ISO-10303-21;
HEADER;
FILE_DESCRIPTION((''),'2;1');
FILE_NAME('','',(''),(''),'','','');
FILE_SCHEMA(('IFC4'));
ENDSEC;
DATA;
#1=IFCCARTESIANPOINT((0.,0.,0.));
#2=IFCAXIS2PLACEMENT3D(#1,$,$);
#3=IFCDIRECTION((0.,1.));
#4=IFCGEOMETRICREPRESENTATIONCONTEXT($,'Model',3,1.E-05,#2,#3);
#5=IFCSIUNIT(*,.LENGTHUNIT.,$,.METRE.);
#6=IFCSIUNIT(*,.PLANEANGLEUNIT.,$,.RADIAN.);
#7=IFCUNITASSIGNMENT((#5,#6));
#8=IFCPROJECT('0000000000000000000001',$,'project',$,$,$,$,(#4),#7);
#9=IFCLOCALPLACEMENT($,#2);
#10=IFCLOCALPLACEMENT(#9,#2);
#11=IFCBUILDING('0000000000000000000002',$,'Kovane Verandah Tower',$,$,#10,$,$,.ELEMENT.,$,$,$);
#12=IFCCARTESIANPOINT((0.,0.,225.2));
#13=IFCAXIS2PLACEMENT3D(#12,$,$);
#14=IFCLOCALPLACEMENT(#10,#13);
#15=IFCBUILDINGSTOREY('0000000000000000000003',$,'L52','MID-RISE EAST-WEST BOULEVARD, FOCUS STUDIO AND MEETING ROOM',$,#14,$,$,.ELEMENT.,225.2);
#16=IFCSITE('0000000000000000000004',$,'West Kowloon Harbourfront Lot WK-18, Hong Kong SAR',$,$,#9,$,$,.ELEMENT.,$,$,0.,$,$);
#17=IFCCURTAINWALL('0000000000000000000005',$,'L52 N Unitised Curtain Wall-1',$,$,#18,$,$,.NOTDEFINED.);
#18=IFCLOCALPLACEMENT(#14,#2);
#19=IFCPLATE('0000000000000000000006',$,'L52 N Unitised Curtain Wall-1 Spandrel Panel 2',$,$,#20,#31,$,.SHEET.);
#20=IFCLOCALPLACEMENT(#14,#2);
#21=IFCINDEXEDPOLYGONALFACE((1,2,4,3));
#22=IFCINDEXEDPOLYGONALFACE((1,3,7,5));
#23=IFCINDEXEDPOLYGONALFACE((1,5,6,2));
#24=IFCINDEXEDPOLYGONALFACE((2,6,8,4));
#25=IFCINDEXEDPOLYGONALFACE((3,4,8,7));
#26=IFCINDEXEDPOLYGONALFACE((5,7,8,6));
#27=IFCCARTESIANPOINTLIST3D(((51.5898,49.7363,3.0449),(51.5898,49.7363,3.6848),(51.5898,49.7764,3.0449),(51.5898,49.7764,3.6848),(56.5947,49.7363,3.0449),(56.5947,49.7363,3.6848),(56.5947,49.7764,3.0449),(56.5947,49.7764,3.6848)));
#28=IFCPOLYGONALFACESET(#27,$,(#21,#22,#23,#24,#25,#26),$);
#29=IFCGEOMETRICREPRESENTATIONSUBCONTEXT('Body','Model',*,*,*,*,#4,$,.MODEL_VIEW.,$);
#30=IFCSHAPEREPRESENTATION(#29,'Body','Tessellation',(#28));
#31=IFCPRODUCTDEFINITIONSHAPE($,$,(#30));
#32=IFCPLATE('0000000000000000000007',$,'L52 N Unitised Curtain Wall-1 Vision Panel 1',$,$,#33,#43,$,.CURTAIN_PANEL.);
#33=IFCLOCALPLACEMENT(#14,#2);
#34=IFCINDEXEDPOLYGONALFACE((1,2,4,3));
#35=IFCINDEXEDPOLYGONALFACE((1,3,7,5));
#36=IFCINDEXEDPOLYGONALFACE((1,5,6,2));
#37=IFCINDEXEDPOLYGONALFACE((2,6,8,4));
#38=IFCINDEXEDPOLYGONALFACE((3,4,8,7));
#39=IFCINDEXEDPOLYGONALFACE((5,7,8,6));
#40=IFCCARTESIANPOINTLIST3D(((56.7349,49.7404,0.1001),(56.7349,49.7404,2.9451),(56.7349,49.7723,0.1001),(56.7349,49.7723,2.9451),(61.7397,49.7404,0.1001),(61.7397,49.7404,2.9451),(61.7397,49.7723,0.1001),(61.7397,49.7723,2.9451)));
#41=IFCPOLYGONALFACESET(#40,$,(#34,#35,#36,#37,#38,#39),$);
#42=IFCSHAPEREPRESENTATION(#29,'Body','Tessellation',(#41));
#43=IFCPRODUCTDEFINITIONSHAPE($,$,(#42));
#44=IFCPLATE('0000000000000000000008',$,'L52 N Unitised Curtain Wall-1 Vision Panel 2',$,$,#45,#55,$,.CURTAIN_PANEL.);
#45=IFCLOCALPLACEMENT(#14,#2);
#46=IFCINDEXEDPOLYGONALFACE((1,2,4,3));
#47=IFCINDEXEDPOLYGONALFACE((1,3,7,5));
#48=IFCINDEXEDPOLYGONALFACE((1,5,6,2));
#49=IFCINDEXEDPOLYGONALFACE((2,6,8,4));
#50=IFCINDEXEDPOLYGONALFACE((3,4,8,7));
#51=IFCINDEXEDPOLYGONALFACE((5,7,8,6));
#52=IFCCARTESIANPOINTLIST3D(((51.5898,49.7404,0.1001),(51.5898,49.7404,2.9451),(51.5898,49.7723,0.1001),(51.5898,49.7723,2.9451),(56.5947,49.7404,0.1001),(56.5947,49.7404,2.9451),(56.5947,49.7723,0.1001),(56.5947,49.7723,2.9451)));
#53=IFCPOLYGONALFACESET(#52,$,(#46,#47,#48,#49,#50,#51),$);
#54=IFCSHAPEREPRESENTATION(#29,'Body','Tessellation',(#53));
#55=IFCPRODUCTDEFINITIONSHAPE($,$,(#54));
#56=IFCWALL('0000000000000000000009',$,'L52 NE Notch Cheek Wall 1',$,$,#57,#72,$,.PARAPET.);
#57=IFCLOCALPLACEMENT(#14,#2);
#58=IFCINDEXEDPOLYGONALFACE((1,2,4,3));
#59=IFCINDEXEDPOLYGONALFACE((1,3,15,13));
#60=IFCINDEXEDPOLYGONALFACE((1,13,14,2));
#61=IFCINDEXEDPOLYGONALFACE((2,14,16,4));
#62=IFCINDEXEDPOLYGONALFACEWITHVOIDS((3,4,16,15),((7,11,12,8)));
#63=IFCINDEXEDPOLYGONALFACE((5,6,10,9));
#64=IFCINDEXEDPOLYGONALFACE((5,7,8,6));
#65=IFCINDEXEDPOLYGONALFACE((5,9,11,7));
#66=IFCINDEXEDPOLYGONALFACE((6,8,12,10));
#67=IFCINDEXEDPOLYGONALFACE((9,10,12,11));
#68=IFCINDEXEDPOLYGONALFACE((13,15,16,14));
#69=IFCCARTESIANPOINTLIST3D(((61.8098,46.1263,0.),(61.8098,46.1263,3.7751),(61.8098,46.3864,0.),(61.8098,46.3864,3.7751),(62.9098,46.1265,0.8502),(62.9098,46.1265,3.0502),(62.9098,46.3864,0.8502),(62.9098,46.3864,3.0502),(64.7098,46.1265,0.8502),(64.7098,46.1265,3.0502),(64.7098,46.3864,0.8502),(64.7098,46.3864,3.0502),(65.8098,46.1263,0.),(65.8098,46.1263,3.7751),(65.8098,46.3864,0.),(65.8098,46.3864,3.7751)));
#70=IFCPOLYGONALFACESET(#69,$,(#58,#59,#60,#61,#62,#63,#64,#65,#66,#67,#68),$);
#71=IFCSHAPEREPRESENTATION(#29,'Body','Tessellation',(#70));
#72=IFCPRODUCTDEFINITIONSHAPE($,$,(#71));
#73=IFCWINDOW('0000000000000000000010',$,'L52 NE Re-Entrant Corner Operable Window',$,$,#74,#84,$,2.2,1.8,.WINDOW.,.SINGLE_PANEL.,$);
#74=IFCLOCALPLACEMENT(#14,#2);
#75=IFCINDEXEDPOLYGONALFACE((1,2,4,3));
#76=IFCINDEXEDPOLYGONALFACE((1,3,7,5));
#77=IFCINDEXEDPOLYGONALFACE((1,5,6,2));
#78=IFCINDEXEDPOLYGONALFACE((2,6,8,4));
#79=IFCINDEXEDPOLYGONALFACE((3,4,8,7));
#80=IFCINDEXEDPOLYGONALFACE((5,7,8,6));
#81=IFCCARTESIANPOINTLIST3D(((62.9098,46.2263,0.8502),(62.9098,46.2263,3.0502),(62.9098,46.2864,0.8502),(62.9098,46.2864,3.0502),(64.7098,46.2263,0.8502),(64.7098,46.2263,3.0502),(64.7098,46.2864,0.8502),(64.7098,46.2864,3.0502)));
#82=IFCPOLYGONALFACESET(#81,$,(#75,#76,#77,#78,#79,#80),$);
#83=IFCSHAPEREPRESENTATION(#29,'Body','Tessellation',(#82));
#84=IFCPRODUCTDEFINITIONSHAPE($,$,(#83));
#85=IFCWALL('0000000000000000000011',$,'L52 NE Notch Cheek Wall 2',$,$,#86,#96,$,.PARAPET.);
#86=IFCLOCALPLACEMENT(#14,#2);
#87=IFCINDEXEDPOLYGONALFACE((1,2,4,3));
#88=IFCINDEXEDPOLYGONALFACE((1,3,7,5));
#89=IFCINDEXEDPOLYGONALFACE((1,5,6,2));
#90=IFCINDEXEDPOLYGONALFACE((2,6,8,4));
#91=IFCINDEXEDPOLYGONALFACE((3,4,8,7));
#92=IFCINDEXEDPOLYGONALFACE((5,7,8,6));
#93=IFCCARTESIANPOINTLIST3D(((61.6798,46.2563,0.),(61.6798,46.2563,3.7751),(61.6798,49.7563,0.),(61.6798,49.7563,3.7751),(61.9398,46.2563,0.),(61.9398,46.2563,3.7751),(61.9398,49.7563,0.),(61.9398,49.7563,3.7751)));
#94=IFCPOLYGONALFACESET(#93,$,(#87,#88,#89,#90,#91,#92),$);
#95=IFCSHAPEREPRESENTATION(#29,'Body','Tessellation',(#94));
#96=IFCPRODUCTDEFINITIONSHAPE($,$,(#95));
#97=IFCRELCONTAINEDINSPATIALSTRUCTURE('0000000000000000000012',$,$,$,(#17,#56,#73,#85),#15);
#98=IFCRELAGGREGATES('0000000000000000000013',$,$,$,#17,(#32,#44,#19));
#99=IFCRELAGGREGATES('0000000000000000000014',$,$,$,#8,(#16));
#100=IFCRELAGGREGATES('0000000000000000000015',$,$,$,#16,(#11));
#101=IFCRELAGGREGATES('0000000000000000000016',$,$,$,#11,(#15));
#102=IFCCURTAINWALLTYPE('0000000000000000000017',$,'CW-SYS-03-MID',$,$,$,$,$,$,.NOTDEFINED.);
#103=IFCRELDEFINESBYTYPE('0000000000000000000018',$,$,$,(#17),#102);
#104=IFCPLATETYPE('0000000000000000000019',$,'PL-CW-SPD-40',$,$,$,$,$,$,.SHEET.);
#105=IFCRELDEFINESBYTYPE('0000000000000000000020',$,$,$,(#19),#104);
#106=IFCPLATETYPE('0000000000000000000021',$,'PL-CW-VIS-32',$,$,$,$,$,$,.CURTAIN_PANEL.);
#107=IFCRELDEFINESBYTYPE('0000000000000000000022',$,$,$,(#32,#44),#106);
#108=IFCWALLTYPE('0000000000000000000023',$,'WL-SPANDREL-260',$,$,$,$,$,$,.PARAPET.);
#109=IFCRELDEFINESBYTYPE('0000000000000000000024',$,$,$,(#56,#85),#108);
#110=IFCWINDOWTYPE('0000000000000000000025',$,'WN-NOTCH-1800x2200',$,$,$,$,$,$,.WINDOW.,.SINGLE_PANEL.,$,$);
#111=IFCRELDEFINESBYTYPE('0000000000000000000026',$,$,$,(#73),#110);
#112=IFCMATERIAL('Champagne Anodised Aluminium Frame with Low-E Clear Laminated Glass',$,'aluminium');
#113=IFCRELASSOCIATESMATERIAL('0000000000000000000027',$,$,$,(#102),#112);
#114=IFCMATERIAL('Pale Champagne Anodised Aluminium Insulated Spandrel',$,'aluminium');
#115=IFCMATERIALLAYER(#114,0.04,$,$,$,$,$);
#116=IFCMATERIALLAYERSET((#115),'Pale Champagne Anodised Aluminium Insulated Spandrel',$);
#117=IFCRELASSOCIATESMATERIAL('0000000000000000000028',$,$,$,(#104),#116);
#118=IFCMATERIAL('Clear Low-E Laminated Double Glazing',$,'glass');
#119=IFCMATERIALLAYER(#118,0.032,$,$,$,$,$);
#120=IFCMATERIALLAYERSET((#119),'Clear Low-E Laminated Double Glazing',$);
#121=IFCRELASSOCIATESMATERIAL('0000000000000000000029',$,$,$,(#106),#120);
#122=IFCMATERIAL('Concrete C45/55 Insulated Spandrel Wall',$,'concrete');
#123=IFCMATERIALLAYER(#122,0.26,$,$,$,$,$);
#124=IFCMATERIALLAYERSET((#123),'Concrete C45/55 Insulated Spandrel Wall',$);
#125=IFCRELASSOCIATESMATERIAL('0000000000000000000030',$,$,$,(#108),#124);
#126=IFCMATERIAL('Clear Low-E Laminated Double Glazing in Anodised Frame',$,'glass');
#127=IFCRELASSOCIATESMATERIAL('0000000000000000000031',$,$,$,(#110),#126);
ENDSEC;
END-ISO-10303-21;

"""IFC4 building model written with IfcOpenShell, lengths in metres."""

from ifc_helpers import new_model, si_unit, direction, frame, frame_2d, origin, origin_2d, place, context, subcontext, project, spatial, rectangle, extrude, material, layer, layer_set, type_object, element, fill, aggregate, save


model = new_model("IFC4")

# Units and contexts
model_context = context("Model", 3, precision=1e-05, world=origin(), true_north=direction((0.0, 1.0)))
body_context = subcontext(model_context, "Body", "Model", "MODEL_VIEW")
ifc_project = project(units=[si_unit("LENGTHUNIT", "METRE"), si_unit("PLANEANGLEUNIT", "RADIAN")], contexts=[model_context])

# Site, building, storey
site_placement = place(None, origin())
site = spatial("IfcSite", under=ifc_project, at=site_placement, Name="West Kowloon Harbourfront Lot WK-18, Hong Kong SAR", CompositionType="ELEMENT", RefElevation=0.0)
building_placement = place(site_placement, origin())
building = spatial("IfcBuilding", under=site, at=building_placement, Name="Kovane Verandah Tower", CompositionType="ELEMENT")
storey_placement = place(building_placement, frame((0.0, 0.0, 225.2)))
storey = spatial("IfcBuildingStorey", under=building, at=storey_placement, Name="L52", Description="MID-RISE EAST-WEST BOULEVARD, FOCUS STUDIO AND MEETING ROOM", CompositionType="ELEMENT", Elevation=225.2)

# Shared definitions
ifc_material_1 = material(Name="Champagne Anodised Aluminium Frame with Low-E Clear Laminated Glass", Category="aluminium")
curtain_wall_type = type_object("IfcCurtainWallType", Name="CW-SYS-03-MID", PredefinedType="NOTDEFINED", material=ifc_material_1)

# Curtain wall
curtain_wall_1_placement = place(storey_placement, origin())
curtain_wall_1 = element("IfcCurtainWall", 1, at=curtain_wall_1_placement, inside=storey, type_object=curtain_wall_type, Name="L52 N Unitised Curtain Wall-1", PredefinedType="NOTDEFINED")

# Plates
ifc_material_2 = material(Name="Pale Champagne Anodised Aluminium Insulated Spandrel", Category="aluminium")
ifc_layer_1 = layer(ifc_material_2, 0.04)
ifc_layer_set_1 = layer_set([ifc_layer_1], Name="Pale Champagne Anodised Aluminium Insulated Spandrel")
plate_type_1 = type_object("IfcPlateType", Name="PL-CW-SPD-40", PredefinedType="SHEET", material=ifc_layer_set_1)
plate_1_placement = place(storey_placement, frame((54.0923, 49.7563, 3.0449), z_axis=(0.0, 0.0, 1.0), x_axis=(-1.0, 0.0, 0.0)))
plate_1 = element("IfcPlate", 2, at=plate_1_placement, type_object=plate_type_1, Name="L52 N Unitised Curtain Wall-1 Spandrel Panel 2", PredefinedType="SHEET", context=body_context, shape_type="SweptSolid", body=[
    extrude(rectangle(XDim=5.0049, YDim=0.04, at=origin_2d()), origin(), (0.0, 0.0, 1.0), 0.6399),
])
ifc_material_3 = material(Name="Clear Low-E Laminated Double Glazing", Category="glass")
ifc_layer_2 = layer(ifc_material_3, 0.032)
ifc_layer_set_2 = layer_set([ifc_layer_2], Name="Clear Low-E Laminated Double Glazing")
plate_type_2 = type_object("IfcPlateType", Name="PL-CW-VIS-32", PredefinedType="CURTAIN_PANEL", material=ifc_layer_set_2)
plate_2_placement = place(storey_placement, frame((59.2373, 49.7563, 0.1001), z_axis=(0.0, 0.0, 1.0), x_axis=(-1.0, 0.0, 0.0)))
plate_2 = element("IfcPlate", 3, at=plate_2_placement, type_object=plate_type_2, Name="L52 N Unitised Curtain Wall-1 Vision Panel 1", PredefinedType="CURTAIN_PANEL", context=body_context, shape_type="SweptSolid", body=[
    extrude(rectangle(XDim=5.0049, YDim=0.032, at=origin_2d()), origin(), (0.0, 0.0, 1.0), 2.845),
])
plate_3_placement = place(storey_placement, frame((54.0923, 49.7563, 0.1001), z_axis=(0.0, 0.0, 1.0), x_axis=(-1.0, 0.0, 0.0)))
plate_3 = element("IfcPlate", 4, at=plate_3_placement, type_object=plate_type_2, Name="L52 N Unitised Curtain Wall-1 Vision Panel 2", PredefinedType="CURTAIN_PANEL", context=body_context, shape_type="SweptSolid", body=[
    extrude(rectangle(XDim=5.0049, YDim=0.032, at=origin_2d()), origin(), (0.0, 0.0, 1.0), 2.845),
])
aggregate(curtain_wall_1, [plate_2, plate_3, plate_1])

# Wall, opening, window
ifc_material_4 = material(Name="Concrete C45/55 Insulated Spandrel Wall", Category="concrete")
ifc_layer_3 = layer(ifc_material_4, 0.26)
ifc_layer_set_3 = layer_set([ifc_layer_3], Name="Concrete C45/55 Insulated Spandrel Wall")
wall_type = type_object("IfcWallType", Name="WL-SPANDREL-260", PredefinedType="PARAPET", material=ifc_layer_set_3)
wall_1_placement = place(storey_placement, frame((65.8098, 46.2563, 0.0), z_axis=(0.0, 0.0, 1.0), x_axis=(-1.0, 0.0, 0.0)))
wall_1 = element("IfcWall", 5, at=wall_1_placement, inside=storey, type_object=wall_type, Name="L52 NE Notch Cheek Wall 1", PredefinedType="PARAPET", context=body_context, shape_type="SweptSolid", body=[
    extrude(rectangle(XDim=4.0, YDim=0.26, at=frame_2d((2.0, 0.0))), origin(), (0.0, 0.0, 1.0), 3.7751),
])
opening_placement = place(wall_1_placement, frame((1.1001, 0.0, 0.8501)))
opening = element("IfcOpeningElement", 6, at=opening_placement, cuts=wall_1, PredefinedType="OPENING", context=body_context, shape_type="SweptSolid", body=[
    extrude(rectangle(XDim=1.8, YDim=2.2, at=frame_2d((0.8999, 1.1001))), frame((0.0, 0.1299, 0.0), z_axis=(0.0, -1.0, 0.0), x_axis=(1.0, 0.0, 0.0)), (0.0, 0.0, 1.0), 0.26),
])
ifc_material_5 = material(Name="Clear Low-E Laminated Double Glazing in Anodised Frame", Category="glass")
window_type = type_object("IfcWindowType", Name="WN-NOTCH-1800x2200", PartitioningType="SINGLE_PANEL", PredefinedType="WINDOW", material=ifc_material_5)
window_placement = place(opening_placement, origin())
window = element("IfcWindow", 7, at=window_placement, inside=storey, type_object=window_type, Name="L52 NE Re-Entrant Corner Operable Window", OverallHeight=2.2, OverallWidth=1.8, PartitioningType="SINGLE_PANEL", PredefinedType="WINDOW", context=body_context, shape_type="SweptSolid", body=[
    extrude(rectangle(XDim=1.8, YDim=2.2, at=frame_2d((0.8999, 1.1001))), frame((0.0, 0.03, 0.0), z_axis=(0.0, -1.0, 0.0), x_axis=(1.0, 0.0, 0.0)), (0.0, 0.0, 1.0), 0.0601),
])
fill(opening, window)

# Wall
wall_2_placement = place(storey_placement, frame((61.8098, 46.2563, 0.0), z_axis=(0.0, 0.0, 1.0), x_axis=(0.0, 1.0, 0.0)))
element("IfcWall", 8, at=wall_2_placement, inside=storey, type_object=wall_type, Name="L52 NE Notch Cheek Wall 2", PredefinedType="PARAPET", context=body_context, shape_type="SweptSolid", body=[
    extrude(rectangle(XDim=3.5, YDim=0.26, at=frame_2d((1.75, 0.0))), origin(), (0.0, 0.0, 1.0), 3.7751),
])

save(model, "model.ifc")
